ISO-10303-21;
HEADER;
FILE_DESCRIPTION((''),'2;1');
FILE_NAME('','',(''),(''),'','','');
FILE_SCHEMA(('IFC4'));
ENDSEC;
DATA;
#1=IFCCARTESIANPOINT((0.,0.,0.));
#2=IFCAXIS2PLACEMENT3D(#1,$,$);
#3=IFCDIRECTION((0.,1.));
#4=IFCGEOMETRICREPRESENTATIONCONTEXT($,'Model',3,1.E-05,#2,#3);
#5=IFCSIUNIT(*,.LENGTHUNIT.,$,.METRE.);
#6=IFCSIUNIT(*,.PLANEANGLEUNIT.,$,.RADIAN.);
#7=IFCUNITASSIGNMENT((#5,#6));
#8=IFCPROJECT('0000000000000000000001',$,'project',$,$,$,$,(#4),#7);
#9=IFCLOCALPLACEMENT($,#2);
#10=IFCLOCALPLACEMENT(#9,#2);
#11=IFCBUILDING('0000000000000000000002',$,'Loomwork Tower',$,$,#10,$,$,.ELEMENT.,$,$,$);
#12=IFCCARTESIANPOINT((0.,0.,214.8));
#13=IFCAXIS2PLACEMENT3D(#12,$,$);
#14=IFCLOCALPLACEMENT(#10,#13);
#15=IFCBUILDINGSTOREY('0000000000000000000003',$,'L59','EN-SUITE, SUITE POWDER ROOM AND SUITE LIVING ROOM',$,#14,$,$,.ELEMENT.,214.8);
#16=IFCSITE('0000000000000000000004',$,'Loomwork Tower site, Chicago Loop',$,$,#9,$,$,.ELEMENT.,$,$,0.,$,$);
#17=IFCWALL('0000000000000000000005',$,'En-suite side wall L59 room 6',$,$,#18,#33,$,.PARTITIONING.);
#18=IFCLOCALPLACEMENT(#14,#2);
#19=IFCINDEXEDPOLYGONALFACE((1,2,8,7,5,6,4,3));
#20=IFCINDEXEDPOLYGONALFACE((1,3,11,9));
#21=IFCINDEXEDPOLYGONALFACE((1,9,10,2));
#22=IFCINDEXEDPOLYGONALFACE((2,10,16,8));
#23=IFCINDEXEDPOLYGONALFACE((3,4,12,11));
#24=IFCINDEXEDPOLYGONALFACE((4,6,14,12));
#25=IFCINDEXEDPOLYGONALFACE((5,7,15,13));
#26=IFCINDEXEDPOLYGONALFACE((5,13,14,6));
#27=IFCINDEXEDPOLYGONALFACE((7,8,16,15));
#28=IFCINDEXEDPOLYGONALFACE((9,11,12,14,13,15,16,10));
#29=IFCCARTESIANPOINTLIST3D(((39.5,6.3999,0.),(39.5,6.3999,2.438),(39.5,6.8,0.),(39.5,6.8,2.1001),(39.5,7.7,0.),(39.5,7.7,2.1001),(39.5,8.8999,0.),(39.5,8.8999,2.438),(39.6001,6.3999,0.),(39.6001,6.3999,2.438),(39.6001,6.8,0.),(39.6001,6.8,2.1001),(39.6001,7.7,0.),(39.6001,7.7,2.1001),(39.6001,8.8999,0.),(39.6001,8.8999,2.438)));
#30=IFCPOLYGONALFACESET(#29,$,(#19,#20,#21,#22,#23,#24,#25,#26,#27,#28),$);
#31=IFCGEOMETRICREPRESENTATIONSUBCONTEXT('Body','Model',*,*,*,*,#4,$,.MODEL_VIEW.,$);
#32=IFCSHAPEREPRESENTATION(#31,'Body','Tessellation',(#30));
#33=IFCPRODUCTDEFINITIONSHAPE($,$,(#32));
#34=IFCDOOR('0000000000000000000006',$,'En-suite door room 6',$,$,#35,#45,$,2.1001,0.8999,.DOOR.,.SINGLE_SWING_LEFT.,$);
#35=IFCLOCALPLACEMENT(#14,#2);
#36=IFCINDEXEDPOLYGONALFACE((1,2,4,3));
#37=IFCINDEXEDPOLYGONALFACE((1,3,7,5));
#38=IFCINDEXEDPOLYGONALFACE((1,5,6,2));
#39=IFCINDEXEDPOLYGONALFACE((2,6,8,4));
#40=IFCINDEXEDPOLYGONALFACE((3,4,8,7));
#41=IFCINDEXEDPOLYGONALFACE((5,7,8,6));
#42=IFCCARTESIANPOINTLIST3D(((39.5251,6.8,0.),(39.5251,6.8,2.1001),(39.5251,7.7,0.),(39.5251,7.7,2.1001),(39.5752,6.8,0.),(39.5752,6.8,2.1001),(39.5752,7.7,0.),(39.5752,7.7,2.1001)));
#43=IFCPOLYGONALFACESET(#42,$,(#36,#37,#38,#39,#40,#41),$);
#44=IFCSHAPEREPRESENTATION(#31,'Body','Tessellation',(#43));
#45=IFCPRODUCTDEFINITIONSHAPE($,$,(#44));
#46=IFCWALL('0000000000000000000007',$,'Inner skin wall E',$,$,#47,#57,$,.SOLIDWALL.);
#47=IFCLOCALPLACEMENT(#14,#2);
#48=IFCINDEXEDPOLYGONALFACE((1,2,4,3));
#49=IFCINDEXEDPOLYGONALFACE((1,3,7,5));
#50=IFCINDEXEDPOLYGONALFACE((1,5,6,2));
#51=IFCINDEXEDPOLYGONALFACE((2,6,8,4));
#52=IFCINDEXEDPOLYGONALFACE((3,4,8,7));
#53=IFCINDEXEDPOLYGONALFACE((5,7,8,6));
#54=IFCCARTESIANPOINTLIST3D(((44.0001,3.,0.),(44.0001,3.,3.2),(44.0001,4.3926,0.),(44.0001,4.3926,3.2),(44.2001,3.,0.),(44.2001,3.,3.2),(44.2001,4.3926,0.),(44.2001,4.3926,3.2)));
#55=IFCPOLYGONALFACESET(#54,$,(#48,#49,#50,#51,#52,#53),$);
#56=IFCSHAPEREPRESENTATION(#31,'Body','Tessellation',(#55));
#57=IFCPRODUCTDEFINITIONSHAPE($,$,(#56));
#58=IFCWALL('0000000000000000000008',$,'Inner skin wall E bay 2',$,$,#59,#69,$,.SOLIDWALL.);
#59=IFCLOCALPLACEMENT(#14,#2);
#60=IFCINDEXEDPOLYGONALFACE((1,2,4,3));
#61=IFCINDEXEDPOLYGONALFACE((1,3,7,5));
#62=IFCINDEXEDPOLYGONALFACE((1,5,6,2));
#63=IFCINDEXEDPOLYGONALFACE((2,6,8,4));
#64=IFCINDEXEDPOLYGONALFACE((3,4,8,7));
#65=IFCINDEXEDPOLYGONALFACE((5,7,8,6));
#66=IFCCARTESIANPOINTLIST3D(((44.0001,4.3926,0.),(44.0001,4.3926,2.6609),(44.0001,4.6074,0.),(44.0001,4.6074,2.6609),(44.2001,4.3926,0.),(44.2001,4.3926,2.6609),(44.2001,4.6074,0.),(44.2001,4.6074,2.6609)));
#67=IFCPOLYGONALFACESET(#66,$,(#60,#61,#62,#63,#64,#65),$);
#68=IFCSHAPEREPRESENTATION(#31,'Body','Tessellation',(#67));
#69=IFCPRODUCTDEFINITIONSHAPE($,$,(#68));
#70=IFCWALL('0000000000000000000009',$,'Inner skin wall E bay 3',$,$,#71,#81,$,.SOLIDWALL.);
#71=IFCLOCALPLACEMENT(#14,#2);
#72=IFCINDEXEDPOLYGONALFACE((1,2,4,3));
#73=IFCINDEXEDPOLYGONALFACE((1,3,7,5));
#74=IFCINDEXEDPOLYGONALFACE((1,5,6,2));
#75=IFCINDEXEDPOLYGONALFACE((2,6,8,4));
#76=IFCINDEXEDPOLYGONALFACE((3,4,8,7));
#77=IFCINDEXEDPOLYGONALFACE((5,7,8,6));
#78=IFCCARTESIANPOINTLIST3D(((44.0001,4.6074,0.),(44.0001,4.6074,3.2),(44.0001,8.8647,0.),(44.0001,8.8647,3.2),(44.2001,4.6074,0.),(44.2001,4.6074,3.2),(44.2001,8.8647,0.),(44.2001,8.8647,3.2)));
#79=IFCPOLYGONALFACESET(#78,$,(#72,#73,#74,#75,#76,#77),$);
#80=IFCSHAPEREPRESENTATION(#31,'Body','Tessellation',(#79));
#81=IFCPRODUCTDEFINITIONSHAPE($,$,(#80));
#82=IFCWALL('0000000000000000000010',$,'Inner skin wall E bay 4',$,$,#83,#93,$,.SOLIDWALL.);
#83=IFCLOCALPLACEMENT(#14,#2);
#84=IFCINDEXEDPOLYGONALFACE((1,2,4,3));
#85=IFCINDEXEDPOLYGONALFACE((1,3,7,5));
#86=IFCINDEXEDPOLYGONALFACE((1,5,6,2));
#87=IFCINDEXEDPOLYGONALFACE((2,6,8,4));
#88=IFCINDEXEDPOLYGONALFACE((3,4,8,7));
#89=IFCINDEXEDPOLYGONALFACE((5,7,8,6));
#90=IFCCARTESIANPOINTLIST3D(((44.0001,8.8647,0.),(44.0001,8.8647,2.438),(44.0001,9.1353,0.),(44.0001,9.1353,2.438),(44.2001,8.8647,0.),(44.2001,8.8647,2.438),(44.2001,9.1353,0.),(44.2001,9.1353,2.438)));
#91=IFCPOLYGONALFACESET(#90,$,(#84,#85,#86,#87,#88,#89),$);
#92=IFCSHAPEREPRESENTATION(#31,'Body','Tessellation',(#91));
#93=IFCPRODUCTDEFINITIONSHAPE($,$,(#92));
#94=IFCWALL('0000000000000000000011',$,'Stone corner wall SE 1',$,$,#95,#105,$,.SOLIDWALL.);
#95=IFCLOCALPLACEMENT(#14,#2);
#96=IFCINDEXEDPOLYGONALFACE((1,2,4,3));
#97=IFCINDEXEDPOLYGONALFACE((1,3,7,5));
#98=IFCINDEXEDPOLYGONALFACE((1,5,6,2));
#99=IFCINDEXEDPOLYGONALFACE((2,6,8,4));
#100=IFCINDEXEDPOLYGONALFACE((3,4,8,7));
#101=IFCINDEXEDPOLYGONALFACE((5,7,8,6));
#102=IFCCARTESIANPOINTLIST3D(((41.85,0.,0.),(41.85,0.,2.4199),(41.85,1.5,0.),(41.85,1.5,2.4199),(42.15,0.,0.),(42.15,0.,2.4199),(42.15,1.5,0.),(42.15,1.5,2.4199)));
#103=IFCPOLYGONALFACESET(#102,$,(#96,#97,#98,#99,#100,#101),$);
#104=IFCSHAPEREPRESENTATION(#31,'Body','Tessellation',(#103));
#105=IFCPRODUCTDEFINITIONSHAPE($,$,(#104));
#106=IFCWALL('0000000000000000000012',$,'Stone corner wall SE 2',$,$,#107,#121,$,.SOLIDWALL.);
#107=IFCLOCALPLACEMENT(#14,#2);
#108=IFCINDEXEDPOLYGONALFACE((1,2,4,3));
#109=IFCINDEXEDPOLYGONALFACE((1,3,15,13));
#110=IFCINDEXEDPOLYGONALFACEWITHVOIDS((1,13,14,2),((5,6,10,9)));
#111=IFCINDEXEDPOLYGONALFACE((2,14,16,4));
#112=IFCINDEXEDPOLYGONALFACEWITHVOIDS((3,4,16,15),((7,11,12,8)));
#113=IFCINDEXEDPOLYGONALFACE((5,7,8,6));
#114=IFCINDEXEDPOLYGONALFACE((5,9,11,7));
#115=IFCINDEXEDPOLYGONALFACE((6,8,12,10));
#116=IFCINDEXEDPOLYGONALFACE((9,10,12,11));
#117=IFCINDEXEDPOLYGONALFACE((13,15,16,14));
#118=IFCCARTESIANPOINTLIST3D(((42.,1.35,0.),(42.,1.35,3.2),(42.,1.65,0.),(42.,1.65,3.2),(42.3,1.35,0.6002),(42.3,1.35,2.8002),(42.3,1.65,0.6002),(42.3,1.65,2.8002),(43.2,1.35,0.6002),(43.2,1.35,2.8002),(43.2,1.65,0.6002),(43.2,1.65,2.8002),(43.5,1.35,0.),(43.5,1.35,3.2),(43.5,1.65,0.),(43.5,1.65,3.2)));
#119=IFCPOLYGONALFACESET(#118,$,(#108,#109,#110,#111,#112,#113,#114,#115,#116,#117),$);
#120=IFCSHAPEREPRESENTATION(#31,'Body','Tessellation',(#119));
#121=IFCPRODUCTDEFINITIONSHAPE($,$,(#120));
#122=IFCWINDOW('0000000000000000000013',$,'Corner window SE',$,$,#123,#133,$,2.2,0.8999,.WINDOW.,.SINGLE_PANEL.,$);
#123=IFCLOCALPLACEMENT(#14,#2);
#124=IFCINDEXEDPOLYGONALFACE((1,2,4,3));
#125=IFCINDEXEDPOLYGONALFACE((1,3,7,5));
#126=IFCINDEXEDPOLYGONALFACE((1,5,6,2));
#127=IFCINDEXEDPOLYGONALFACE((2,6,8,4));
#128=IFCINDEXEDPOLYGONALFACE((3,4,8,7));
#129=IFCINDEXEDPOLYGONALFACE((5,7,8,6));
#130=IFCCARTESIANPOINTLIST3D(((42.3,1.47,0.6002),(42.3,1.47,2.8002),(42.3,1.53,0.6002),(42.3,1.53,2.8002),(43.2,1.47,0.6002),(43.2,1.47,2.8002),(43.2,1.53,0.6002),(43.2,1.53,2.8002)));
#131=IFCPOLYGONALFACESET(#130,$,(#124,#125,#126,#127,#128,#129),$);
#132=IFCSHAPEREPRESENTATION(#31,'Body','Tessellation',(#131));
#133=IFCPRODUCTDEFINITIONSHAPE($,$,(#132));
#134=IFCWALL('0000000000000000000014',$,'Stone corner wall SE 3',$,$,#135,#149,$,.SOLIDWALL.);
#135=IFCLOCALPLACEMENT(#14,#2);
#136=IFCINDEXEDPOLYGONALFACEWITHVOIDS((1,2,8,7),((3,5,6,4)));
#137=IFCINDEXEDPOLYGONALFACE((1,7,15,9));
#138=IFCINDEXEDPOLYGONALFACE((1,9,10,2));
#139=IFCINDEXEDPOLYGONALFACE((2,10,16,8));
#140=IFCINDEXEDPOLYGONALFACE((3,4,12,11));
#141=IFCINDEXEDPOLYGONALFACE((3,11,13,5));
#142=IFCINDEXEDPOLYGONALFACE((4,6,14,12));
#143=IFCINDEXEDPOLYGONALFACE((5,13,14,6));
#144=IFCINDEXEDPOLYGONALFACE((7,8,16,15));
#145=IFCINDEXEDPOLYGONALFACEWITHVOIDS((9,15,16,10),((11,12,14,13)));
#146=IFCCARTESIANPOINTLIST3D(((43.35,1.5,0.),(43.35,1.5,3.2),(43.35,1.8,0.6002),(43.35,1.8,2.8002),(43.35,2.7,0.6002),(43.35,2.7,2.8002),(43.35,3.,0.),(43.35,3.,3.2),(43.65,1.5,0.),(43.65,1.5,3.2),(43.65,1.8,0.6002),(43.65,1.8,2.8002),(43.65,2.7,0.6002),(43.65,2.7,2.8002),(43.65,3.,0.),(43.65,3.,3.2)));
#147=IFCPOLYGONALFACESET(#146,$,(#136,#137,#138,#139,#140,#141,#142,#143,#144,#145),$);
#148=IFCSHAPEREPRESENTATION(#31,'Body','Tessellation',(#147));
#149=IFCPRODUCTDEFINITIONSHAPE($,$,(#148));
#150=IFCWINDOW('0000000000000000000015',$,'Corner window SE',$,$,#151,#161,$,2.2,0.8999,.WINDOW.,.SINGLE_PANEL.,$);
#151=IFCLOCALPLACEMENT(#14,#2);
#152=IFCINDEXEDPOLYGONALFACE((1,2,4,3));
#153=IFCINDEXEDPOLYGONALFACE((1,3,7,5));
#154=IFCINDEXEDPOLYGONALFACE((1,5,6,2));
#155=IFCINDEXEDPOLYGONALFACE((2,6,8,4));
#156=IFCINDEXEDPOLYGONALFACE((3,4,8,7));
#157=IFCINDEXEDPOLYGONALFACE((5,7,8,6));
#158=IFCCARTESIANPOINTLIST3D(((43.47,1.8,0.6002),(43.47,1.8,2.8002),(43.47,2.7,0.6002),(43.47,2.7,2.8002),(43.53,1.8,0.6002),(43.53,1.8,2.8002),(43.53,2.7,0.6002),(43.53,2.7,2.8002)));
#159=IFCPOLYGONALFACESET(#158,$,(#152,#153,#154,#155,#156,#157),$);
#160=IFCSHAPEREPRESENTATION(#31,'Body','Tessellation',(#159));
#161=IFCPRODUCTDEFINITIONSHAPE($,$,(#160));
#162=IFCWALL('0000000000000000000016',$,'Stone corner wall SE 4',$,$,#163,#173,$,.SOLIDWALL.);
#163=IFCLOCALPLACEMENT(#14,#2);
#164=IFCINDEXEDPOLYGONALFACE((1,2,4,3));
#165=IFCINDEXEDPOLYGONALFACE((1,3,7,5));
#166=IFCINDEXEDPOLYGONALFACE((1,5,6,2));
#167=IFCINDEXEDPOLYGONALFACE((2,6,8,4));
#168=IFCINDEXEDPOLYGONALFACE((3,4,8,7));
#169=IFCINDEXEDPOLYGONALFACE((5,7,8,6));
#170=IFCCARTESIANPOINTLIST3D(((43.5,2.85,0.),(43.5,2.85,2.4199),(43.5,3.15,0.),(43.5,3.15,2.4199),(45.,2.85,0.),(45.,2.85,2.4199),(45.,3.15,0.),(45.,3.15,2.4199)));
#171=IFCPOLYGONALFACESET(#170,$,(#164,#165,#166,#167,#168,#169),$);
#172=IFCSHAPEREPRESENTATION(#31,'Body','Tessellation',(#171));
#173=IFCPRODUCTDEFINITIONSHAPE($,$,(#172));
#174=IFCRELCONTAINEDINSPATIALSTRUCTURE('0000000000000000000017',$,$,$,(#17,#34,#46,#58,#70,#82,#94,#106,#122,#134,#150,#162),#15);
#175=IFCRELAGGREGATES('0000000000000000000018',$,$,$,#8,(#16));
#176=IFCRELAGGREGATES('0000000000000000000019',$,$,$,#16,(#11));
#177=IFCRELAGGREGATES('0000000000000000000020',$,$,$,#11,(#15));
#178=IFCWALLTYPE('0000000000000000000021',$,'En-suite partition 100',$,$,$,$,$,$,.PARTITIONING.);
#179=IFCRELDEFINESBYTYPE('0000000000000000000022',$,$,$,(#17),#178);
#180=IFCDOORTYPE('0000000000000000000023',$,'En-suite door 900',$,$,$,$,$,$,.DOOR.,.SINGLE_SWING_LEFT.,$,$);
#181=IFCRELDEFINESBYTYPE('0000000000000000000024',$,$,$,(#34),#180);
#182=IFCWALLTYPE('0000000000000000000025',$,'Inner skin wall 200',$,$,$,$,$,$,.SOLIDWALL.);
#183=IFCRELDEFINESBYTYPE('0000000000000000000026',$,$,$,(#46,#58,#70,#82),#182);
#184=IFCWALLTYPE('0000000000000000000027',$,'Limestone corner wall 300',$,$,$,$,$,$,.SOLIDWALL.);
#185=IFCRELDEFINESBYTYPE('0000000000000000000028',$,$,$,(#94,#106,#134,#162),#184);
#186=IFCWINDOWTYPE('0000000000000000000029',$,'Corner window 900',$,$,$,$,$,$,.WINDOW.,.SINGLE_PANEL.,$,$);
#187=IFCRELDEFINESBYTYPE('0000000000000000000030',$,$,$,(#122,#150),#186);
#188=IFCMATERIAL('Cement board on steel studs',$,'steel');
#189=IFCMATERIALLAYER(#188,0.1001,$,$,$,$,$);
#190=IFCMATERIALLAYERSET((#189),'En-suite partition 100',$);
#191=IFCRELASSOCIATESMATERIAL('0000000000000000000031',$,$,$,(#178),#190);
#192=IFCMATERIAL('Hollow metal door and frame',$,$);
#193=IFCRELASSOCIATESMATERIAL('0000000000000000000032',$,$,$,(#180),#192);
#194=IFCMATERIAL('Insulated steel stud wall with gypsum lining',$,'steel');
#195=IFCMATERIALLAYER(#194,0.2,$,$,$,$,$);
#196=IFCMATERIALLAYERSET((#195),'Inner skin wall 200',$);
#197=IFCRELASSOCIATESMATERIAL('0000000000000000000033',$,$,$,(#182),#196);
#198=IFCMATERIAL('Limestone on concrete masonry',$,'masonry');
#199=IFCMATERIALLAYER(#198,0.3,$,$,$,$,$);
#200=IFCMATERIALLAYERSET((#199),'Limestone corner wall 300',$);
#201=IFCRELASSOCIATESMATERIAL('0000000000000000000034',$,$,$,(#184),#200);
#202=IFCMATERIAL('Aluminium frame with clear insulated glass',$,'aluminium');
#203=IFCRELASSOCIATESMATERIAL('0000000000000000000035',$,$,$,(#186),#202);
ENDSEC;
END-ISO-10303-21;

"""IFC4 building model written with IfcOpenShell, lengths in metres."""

from ifc_helpers import new_model, si_unit, direction, frame, frame_2d, origin, place, context, subcontext, project, spatial, rectangle, extrude, material, layer, layer_set, type_object, element, fill, save


model = new_model("IFC4")

# Units and contexts
model_context = context("Model", 3, precision=1e-05, world=origin(), true_north=direction((0.0, 1.0)))
body_context = subcontext(model_context, "Body", "Model", "MODEL_VIEW")
ifc_project = project(units=[si_unit("LENGTHUNIT", "METRE"), si_unit("PLANEANGLEUNIT", "RADIAN")], contexts=[model_context])

# Site, building, storey
site_placement = place(None, origin())
site = spatial("IfcSite", under=ifc_project, at=site_placement, Name="Loomwork Tower site, Chicago Loop", CompositionType="ELEMENT", RefElevation=0.0)
building_placement = place(site_placement, origin())
building = spatial("IfcBuilding", under=site, at=building_placement, Name="Loomwork Tower", CompositionType="ELEMENT")
storey_placement = place(building_placement, frame((0.0, 0.0, 214.8)))
storey = spatial("IfcBuildingStorey", under=building, at=storey_placement, Name="L59", Description="EN-SUITE, SUITE POWDER ROOM AND SUITE LIVING ROOM", CompositionType="ELEMENT", Elevation=214.8)

# Wall, opening, door
ifc_material_1 = material(Name="Cement board on steel studs", Category="steel")
ifc_layer_1 = layer(ifc_material_1, 0.1001)
ifc_layer_set_1 = layer_set([ifc_layer_1], Name="En-suite partition 100")
wall_type_1 = type_object("IfcWallType", Name="En-suite partition 100", PredefinedType="PARTITIONING", material=ifc_layer_set_1)
wall_1_placement = place(storey_placement, frame((39.55, 8.8999, 0.0), z_axis=(0.0, 0.0, 1.0), x_axis=(0.0, -1.0, 0.0)))
wall_1 = element("IfcWall", 1, at=wall_1_placement, inside=storey, type_object=wall_type_1, Name="En-suite side wall L59 room 6", PredefinedType="PARTITIONING", context=body_context, shape_type="SweptSolid", body=[
    extrude(rectangle(XDim=2.5, YDim=0.1001, at=frame_2d((1.25, 0.0))), origin(), (0.0, 0.0, 1.0), 2.438),
])
opening_1_placement = place(wall_1_placement, frame((1.2, 0.0, 0.0)))
opening_1 = element("IfcOpeningElement", 2, at=opening_1_placement, cuts=wall_1, PredefinedType="OPENING", context=body_context, shape_type="SweptSolid", body=[
    extrude(rectangle(XDim=0.8999, YDim=2.1001, at=frame_2d((0.45, 1.05))), frame((0.0, 0.0601, 0.0), z_axis=(0.0, -1.0, 0.0), x_axis=(1.0, 0.0, 0.0)), (0.0, 0.0, 1.0), 0.1201),
])
ifc_material_2 = material(Name="Hollow metal door and frame")
door_type = type_object("IfcDoorType", Name="En-suite door 900", OperationType="SINGLE_SWING_LEFT", PredefinedType="DOOR", material=ifc_material_2)
door_placement = place(opening_1_placement, frame((0.8999, 0.0, 0.0), z_axis=(0.0, 0.0, 1.0), x_axis=(-1.0, 0.0, 0.0)))
door = element("IfcDoor", 3, at=door_placement, inside=storey, type_object=door_type, Name="En-suite door room 6", OperationType="SINGLE_SWING_LEFT", OverallHeight=2.1001, OverallWidth=0.8999, PredefinedType="DOOR", context=body_context, shape_type="SweptSolid", body=[
    extrude(rectangle(XDim=0.8999, YDim=2.1001, at=frame_2d((0.45, 1.05))), frame((0.0, 0.0249, 0.0), z_axis=(0.0, -1.0, 0.0), x_axis=(1.0, 0.0, 0.0)), (0.0, 0.0, 1.0), 0.05),
])
fill(opening_1, door)

# Walls
ifc_material_3 = material(Name="Insulated steel stud wall with gypsum lining", Category="steel")
ifc_layer_2 = layer(ifc_material_3, 0.2)
ifc_layer_set_2 = layer_set([ifc_layer_2], Name="Inner skin wall 200")
wall_type_2 = type_object("IfcWallType", Name="Inner skin wall 200", PredefinedType="SOLIDWALL", material=ifc_layer_set_2)
wall_2_placement = place(storey_placement, frame((44.1001, 3.0, 0.0), z_axis=(0.0, 0.0, 1.0), x_axis=(0.0, 1.0, 0.0)))
element("IfcWall", 4, at=wall_2_placement, inside=storey, type_object=wall_type_2, Name="Inner skin wall E", PredefinedType="SOLIDWALL", context=body_context, shape_type="SweptSolid", body=[
    extrude(rectangle(XDim=1.3926, YDim=0.2, at=frame_2d((0.6963, 0.0))), origin(), (0.0, 0.0, 1.0), 3.2),
])
wall_3_placement = place(storey_placement, frame((44.1001, 4.3926, 0.0), z_axis=(0.0, 0.0, 1.0), x_axis=(0.0, 1.0, 0.0)))
element("IfcWall", 5, at=wall_3_placement, inside=storey, type_object=wall_type_2, Name="Inner skin wall E bay 2", PredefinedType="SOLIDWALL", context=body_context, shape_type="SweptSolid", body=[
    extrude(rectangle(XDim=0.2148, YDim=0.2, at=frame_2d((0.1074, 0.0))), origin(), (0.0, 0.0, 1.0), 2.6609),
])
wall_4_placement = place(storey_placement, frame((44.1001, 4.6074, 0.0), z_axis=(0.0, 0.0, 1.0), x_axis=(0.0, 1.0, 0.0)))
element("IfcWall", 6, at=wall_4_placement, inside=storey, type_object=wall_type_2, Name="Inner skin wall E bay 3", PredefinedType="SOLIDWALL", context=body_context, shape_type="SweptSolid", body=[
    extrude(rectangle(XDim=4.2573, YDim=0.2, at=frame_2d((2.1287, 0.0))), origin(), (0.0, 0.0, 1.0), 3.2),
])
wall_5_placement = place(storey_placement, frame((44.1001, 8.8647, 0.0), z_axis=(0.0, 0.0, 1.0), x_axis=(0.0, 1.0, 0.0)))
element("IfcWall", 7, at=wall_5_placement, inside=storey, type_object=wall_type_2, Name="Inner skin wall E bay 4", PredefinedType="SOLIDWALL", context=body_context, shape_type="SweptSolid", body=[
    extrude(rectangle(XDim=0.2705, YDim=0.2, at=frame_2d((0.1353, 0.0))), origin(), (0.0, 0.0, 1.0), 2.438),
])
ifc_material_4 = material(Name="Limestone on concrete masonry", Category="masonry")
ifc_layer_3 = layer(ifc_material_4, 0.3)
ifc_layer_set_3 = layer_set([ifc_layer_3], Name="Limestone corner wall 300")
wall_type_3 = type_object("IfcWallType", Name="Limestone corner wall 300", PredefinedType="SOLIDWALL", material=ifc_layer_set_3)
wall_6_placement = place(storey_placement, frame((42.0, 0.0, 0.0), z_axis=(0.0, 0.0, 1.0), x_axis=(0.0, 1.0, 0.0)))
element("IfcWall", 8, at=wall_6_placement, inside=storey, type_object=wall_type_3, Name="Stone corner wall SE 1", PredefinedType="SOLIDWALL", context=body_context, shape_type="SweptSolid", body=[
    extrude(rectangle(XDim=1.5, YDim=0.3, at=frame_2d((0.75, 0.0))), origin(), (0.0, 0.0, 1.0), 2.4199),
])

# Walls, openings, windows
wall_7_placement = place(storey_placement, frame((42.0, 1.5, 0.0), z_axis=(0.0, 0.0, 1.0), x_axis=(1.0, 0.0, 0.0)))
wall_7 = element("IfcWall", 9, at=wall_7_placement, inside=storey, type_object=wall_type_3, Name="Stone corner wall SE 2", PredefinedType="SOLIDWALL", context=body_context, shape_type="SweptSolid", body=[
    extrude(rectangle(XDim=1.5, YDim=0.3, at=frame_2d((0.75, 0.0))), origin(), (0.0, 0.0, 1.0), 3.2),
])
opening_2_placement = place(wall_7_placement, frame((0.3, 0.0, 0.6001)))
opening_2 = element("IfcOpeningElement", 10, at=opening_2_placement, cuts=wall_7, PredefinedType="OPENING", context=body_context, shape_type="SweptSolid", body=[
    extrude(rectangle(XDim=0.8999, YDim=2.2, at=frame_2d((0.45, 1.1001))), frame((0.0, 0.1599, 0.0), z_axis=(0.0, -1.0, 0.0), x_axis=(1.0, 0.0, 0.0)), (0.0, 0.0, 1.0), 0.3201),
])
ifc_material_5 = material(Name="Aluminium frame with clear insulated glass", Category="aluminium")
window_type = type_object("IfcWindowType", Name="Corner window 900", PartitioningType="SINGLE_PANEL", PredefinedType="WINDOW", material=ifc_material_5)
window_1_placement = place(opening_2_placement, origin())
window_1 = element("IfcWindow", 11, at=window_1_placement, inside=storey, type_object=window_type, Name="Corner window SE", OverallHeight=2.2, OverallWidth=0.8999, PartitioningType="SINGLE_PANEL", PredefinedType="WINDOW", context=body_context, shape_type="SweptSolid", body=[
    extrude(rectangle(XDim=0.8999, YDim=2.2, at=frame_2d((0.45, 1.1001))), frame((0.0, 0.03, 0.0), z_axis=(0.0, -1.0, 0.0), x_axis=(1.0, 0.0, 0.0)), (0.0, 0.0, 1.0), 0.0601),
])
fill(opening_2, window_1)
wall_8_placement = place(storey_placement, frame((43.5, 1.5, 0.0), z_axis=(0.0, 0.0, 1.0), x_axis=(0.0, 1.0, 0.0)))
wall_8 = element("IfcWall", 12, at=wall_8_placement, inside=storey, type_object=wall_type_3, Name="Stone corner wall SE 3", PredefinedType="SOLIDWALL", context=body_context, shape_type="SweptSolid", body=[
    extrude(rectangle(XDim=1.5, YDim=0.3, at=frame_2d((0.75, 0.0))), origin(), (0.0, 0.0, 1.0), 3.2),
])
opening_3_placement = place(wall_8_placement, frame((0.3, 0.0, 0.6001)))
opening_3 = element("IfcOpeningElement", 13, at=opening_3_placement, cuts=wall_8, PredefinedType="OPENING", context=body_context, shape_type="SweptSolid", body=[
    extrude(rectangle(XDim=0.8999, YDim=2.2, at=frame_2d((0.45, 1.1001))), frame((0.0, 0.1599, 0.0), z_axis=(0.0, -1.0, 0.0), x_axis=(1.0, 0.0, 0.0)), (0.0, 0.0, 1.0), 0.3201),
])
window_2_placement = place(opening_3_placement, origin())
window_2 = element("IfcWindow", 14, at=window_2_placement, inside=storey, type_object=window_type, Name="Corner window SE", OverallHeight=2.2, OverallWidth=0.8999, PartitioningType="SINGLE_PANEL", PredefinedType="WINDOW", context=body_context, shape_type="SweptSolid", body=[
    extrude(rectangle(XDim=0.8999, YDim=2.2, at=frame_2d((0.45, 1.1001))), frame((0.0, 0.03, 0.0), z_axis=(0.0, -1.0, 0.0), x_axis=(1.0, 0.0, 0.0)), (0.0, 0.0, 1.0), 0.0601),
])
fill(opening_3, window_2)

# Wall
wall_9_placement = place(storey_placement, frame((43.5, 3.0, 0.0), z_axis=(0.0, 0.0, 1.0), x_axis=(1.0, 0.0, 0.0)))
element("IfcWall", 15, at=wall_9_placement, inside=storey, type_object=wall_type_3, Name="Stone corner wall SE 4", PredefinedType="SOLIDWALL", context=body_context, shape_type="SweptSolid", body=[
    extrude(rectangle(XDim=1.5, YDim=0.3, at=frame_2d((0.75, 0.0))), origin(), (0.0, 0.0, 1.0), 2.4199),
])

save(model, "model.ifc")
